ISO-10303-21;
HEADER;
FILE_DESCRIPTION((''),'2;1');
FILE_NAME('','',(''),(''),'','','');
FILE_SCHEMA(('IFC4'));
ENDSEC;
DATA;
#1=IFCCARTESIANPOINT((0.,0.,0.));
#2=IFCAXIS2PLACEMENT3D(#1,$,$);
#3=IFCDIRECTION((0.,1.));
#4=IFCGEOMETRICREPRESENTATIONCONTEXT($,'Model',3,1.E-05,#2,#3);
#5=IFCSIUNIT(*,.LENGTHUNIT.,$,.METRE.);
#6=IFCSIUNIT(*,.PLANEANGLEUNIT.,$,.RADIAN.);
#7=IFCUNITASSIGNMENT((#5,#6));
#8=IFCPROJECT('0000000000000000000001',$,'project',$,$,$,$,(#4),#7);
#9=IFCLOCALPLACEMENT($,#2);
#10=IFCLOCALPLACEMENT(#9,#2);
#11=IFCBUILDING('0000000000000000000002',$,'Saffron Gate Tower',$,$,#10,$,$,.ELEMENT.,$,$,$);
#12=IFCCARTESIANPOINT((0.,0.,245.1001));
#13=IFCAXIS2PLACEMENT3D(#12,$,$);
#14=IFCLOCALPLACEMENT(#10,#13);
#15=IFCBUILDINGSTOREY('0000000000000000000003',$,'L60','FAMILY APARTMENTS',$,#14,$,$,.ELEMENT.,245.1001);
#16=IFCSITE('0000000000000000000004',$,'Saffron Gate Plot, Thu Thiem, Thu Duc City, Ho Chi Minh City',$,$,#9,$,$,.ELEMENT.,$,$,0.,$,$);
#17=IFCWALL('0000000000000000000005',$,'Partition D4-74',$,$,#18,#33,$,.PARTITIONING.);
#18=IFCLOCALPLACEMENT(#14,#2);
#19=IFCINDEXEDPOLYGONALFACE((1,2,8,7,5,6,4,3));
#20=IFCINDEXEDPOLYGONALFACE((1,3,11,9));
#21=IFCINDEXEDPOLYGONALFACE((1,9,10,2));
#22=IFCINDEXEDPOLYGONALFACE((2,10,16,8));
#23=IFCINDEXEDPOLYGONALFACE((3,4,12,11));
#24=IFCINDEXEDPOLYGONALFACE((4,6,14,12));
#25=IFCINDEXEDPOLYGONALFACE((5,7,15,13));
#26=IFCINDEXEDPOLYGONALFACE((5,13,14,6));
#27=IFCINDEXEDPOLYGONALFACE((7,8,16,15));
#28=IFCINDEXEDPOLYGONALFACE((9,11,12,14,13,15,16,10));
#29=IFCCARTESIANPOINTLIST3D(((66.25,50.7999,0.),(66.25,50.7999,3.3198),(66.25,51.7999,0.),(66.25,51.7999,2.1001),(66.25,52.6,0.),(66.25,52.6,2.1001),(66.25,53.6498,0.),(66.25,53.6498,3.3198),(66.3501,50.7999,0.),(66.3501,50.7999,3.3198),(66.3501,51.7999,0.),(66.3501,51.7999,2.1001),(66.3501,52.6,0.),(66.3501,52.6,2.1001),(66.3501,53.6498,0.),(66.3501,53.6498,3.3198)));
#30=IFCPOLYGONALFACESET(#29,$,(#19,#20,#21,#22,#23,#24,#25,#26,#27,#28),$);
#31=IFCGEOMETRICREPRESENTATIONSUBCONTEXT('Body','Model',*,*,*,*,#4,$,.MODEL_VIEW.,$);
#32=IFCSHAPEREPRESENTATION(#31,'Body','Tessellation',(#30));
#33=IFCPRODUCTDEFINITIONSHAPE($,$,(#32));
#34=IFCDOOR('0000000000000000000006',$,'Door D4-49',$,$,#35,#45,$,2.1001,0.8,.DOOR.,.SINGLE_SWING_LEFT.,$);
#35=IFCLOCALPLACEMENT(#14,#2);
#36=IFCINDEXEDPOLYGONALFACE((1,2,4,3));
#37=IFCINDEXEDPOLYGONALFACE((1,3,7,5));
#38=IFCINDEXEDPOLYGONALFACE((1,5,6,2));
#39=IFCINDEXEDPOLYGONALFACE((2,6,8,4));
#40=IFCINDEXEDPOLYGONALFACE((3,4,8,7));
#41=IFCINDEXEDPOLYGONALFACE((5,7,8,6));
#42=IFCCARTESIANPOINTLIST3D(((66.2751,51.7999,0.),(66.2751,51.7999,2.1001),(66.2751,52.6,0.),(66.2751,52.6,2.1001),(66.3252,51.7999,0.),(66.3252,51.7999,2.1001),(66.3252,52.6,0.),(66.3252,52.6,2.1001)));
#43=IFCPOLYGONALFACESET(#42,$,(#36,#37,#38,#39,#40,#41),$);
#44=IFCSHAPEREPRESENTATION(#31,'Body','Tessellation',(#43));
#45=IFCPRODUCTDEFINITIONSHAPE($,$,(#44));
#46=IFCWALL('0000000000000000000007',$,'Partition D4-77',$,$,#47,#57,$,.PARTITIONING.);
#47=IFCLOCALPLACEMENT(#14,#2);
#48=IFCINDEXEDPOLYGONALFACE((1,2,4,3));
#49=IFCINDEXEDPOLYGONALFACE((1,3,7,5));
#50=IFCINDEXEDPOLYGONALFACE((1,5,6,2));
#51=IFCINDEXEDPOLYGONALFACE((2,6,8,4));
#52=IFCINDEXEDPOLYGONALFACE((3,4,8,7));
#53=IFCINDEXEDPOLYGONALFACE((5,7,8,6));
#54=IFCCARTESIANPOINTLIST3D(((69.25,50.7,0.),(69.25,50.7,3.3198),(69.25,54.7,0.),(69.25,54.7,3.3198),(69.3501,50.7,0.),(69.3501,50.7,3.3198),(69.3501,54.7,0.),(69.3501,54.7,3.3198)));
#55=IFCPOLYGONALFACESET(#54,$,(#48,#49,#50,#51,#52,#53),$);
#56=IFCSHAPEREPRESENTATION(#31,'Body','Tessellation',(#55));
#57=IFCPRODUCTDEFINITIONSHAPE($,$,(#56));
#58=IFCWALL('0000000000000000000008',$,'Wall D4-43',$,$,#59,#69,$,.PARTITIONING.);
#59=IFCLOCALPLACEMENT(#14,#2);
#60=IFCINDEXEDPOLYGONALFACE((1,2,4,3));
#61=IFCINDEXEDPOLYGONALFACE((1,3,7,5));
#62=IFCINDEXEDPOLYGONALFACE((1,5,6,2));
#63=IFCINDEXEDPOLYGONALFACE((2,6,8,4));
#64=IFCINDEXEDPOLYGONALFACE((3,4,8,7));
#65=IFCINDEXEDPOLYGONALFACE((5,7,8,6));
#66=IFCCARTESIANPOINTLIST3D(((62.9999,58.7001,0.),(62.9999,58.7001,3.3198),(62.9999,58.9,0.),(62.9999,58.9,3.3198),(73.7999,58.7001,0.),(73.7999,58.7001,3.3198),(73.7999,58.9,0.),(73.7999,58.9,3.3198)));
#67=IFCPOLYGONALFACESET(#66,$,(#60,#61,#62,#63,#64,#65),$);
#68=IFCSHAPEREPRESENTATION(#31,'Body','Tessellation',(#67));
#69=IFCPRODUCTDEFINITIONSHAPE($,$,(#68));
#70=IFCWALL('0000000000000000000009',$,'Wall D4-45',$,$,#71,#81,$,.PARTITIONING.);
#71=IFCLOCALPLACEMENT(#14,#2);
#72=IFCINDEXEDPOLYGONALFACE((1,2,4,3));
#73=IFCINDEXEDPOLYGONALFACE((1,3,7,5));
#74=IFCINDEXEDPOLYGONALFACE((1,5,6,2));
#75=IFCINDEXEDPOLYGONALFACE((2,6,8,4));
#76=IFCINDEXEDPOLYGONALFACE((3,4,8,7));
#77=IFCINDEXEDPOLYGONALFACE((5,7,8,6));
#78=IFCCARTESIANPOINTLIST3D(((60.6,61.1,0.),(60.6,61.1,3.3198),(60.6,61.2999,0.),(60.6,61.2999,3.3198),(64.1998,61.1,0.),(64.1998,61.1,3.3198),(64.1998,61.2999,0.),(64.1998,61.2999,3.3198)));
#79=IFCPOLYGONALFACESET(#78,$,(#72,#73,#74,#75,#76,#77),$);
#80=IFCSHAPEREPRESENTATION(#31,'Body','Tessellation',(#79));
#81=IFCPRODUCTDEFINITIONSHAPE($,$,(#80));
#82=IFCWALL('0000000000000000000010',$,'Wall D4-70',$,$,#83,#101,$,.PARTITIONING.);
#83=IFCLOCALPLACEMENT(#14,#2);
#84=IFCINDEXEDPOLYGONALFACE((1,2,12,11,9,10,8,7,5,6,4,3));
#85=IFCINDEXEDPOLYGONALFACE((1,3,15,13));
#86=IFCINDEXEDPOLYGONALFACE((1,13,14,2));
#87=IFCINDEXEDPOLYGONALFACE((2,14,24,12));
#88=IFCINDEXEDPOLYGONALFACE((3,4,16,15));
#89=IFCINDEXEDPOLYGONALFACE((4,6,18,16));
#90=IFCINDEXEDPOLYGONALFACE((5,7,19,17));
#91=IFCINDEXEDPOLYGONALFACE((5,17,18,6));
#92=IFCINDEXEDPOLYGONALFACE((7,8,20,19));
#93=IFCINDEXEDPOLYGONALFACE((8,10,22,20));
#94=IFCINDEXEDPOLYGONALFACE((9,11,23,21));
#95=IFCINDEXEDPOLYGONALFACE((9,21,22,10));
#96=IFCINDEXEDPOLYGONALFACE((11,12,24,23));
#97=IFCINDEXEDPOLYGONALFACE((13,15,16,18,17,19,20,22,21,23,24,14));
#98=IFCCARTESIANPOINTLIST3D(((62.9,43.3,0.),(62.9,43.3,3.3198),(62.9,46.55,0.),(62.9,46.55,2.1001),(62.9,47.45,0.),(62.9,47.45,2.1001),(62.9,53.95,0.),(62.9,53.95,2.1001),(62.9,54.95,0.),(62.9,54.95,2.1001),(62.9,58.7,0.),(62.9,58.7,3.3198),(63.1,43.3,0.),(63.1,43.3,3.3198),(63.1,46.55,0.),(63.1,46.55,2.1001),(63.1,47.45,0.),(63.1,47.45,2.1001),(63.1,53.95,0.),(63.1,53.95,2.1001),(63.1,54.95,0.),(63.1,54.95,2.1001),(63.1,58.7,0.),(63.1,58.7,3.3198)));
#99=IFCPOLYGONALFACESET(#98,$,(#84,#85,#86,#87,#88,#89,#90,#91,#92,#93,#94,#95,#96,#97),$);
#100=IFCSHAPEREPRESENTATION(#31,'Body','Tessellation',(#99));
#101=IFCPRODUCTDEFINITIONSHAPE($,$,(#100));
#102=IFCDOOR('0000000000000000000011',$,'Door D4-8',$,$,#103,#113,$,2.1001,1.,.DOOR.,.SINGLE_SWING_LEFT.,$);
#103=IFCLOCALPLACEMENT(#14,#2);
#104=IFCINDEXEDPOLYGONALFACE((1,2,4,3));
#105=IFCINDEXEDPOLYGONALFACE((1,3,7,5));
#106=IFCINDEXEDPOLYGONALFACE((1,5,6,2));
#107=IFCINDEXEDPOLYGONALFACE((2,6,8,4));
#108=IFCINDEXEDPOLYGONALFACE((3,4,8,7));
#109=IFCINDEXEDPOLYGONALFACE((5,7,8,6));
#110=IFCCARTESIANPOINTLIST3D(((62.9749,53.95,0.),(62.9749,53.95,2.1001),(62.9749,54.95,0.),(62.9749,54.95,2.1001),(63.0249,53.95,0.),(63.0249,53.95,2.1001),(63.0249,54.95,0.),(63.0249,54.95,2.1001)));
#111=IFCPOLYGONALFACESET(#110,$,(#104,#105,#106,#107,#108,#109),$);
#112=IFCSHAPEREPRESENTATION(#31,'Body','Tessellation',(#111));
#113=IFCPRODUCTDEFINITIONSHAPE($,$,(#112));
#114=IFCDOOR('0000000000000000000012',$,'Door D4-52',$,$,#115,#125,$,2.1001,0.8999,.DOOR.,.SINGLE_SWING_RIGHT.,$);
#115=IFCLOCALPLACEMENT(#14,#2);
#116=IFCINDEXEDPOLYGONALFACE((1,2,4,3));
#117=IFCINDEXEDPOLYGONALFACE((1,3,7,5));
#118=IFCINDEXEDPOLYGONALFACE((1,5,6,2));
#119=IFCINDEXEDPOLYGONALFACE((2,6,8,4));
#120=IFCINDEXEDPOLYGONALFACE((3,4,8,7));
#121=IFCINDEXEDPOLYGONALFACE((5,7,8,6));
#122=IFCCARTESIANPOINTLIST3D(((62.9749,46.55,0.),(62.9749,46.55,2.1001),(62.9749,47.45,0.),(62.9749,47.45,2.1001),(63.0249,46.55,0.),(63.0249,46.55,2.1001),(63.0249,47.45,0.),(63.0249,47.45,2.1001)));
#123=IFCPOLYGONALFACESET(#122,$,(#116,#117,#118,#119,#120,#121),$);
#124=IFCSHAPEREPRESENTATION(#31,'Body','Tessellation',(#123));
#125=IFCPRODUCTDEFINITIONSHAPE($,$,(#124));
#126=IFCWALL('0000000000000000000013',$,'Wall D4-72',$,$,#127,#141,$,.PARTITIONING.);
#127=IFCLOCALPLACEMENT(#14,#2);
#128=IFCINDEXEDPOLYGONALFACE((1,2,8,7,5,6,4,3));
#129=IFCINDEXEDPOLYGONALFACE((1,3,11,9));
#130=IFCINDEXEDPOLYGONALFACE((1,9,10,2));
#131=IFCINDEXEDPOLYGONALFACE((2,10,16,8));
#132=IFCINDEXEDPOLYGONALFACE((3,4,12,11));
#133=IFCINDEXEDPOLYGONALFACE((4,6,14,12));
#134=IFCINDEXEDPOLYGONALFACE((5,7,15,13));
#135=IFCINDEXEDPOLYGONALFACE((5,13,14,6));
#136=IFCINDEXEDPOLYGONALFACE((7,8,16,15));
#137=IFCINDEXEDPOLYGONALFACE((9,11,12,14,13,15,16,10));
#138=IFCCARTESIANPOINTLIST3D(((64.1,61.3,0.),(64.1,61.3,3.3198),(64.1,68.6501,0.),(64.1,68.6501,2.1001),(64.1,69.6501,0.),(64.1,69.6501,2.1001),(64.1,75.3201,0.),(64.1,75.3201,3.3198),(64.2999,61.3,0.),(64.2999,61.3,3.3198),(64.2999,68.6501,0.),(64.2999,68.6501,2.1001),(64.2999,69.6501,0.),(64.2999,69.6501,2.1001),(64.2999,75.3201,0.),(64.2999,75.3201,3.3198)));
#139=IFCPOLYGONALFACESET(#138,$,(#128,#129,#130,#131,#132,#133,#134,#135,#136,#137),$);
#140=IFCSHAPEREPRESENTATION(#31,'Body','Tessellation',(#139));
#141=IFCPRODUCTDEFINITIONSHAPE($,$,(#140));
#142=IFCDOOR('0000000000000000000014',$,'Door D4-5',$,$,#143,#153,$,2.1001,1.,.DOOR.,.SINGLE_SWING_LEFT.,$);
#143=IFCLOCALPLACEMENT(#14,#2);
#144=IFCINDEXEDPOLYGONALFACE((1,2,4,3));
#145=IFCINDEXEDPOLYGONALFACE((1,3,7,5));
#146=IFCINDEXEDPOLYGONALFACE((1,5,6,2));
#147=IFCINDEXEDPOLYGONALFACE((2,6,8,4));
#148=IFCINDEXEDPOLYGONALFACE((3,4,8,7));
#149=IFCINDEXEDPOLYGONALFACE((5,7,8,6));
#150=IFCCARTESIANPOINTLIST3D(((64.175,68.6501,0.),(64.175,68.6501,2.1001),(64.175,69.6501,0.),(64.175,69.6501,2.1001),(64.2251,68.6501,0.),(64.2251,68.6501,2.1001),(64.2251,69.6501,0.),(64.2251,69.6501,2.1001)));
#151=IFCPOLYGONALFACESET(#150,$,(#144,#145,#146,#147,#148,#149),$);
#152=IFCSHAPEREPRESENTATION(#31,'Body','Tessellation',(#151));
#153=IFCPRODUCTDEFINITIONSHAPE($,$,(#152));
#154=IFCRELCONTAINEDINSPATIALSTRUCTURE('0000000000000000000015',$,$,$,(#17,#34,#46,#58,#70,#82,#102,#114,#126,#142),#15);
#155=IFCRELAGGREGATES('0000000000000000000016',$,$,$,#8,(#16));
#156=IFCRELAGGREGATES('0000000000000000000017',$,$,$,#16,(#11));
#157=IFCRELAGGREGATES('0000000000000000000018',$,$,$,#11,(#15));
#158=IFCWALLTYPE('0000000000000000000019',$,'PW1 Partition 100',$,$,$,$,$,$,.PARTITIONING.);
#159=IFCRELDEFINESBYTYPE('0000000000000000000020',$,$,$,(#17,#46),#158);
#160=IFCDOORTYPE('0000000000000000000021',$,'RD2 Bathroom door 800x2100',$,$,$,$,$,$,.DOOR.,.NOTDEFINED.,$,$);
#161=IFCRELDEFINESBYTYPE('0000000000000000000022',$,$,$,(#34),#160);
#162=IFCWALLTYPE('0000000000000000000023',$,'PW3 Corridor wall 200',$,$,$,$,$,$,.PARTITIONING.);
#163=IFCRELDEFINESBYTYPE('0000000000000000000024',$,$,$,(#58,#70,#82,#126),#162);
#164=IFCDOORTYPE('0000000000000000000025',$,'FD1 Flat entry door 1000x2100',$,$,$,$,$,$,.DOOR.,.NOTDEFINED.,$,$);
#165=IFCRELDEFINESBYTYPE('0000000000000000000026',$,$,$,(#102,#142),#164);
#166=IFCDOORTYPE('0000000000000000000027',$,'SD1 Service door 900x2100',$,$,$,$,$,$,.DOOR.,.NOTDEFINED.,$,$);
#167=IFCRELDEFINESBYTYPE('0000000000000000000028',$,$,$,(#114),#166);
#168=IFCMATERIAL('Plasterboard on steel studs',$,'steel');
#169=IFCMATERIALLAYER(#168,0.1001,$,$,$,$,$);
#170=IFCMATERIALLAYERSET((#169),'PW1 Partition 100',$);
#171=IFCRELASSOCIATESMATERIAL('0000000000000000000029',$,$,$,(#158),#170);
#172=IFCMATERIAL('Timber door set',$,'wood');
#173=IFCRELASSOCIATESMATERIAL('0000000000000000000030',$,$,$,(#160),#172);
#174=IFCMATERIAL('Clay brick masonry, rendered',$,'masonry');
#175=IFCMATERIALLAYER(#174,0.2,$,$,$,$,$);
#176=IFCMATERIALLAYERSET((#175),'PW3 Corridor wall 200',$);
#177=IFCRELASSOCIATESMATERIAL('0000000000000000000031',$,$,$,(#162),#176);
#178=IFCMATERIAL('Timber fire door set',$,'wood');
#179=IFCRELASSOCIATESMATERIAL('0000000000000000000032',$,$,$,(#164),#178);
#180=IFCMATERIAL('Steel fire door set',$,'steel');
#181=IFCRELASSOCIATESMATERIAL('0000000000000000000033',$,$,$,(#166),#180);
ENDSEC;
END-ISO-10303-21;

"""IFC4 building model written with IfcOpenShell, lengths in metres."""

from ifc_helpers import new_model, si_unit, direction, frame, frame_2d, origin, place, context, subcontext, project, spatial, rectangle, extrude, material, layer, layer_set, type_object, element, fill, save


model = new_model("IFC4")

# Units and contexts
model_context = context("Model", 3, precision=1e-05, world=origin(), true_north=direction((0.0, 1.0)))
body_context = subcontext(model_context, "Body", "Model", "MODEL_VIEW")
ifc_project = project(units=[si_unit("LENGTHUNIT", "METRE"), si_unit("PLANEANGLEUNIT", "RADIAN")], contexts=[model_context])

# Site, building, storey
site_placement = place(None, origin())
site = spatial("IfcSite", under=ifc_project, at=site_placement, Name="Saffron Gate Plot, Thu Thiem, Thu Duc City, Ho Chi Minh City", CompositionType="ELEMENT", RefElevation=0.0)
building_placement = place(site_placement, origin())
building = spatial("IfcBuilding", under=site, at=building_placement, Name="Saffron Gate Tower", CompositionType="ELEMENT")
storey_placement = place(building_placement, frame((0.0, 0.0, 245.1001)))
storey = spatial("IfcBuildingStorey", under=building, at=storey_placement, Name="L60", Description="FAMILY APARTMENTS", CompositionType="ELEMENT", Elevation=245.1001)

# Shared definitions
ifc_material_1 = material(Name="Steel fire door set", Category="steel")
ifc_material_2 = material(Name="Plasterboard on steel studs", Category="steel")
ifc_layer_1 = layer(ifc_material_2, 0.1001)
ifc_layer_set_1 = layer_set([ifc_layer_1], Name="PW1 Partition 100")
wall_type_1 = type_object("IfcWallType", Name="PW1 Partition 100", PredefinedType="PARTITIONING", material=ifc_layer_set_1)
ifc_material_3 = material(Name="Timber door set", Category="wood")

# Wall, opening, door
wall_1_placement = place(storey_placement, frame((66.3, 50.8, 0.0), z_axis=(0.0, 0.0, 1.0), x_axis=(0.0, 1.0, 0.0)))
wall_1 = element("IfcWall", 1, at=wall_1_placement, inside=storey, type_object=wall_type_1, Name="Partition D4-74", PredefinedType="PARTITIONING", context=body_context, shape_type="SweptSolid", body=[
    extrude(rectangle(XDim=2.8499, YDim=0.1001, at=frame_2d((1.4248, 0.0))), origin(), (0.0, 0.0, 1.0), 3.3198),
])
opening_1_placement = place(wall_1_placement, frame((1.0, 0.0, 0.0)))
opening_1 = element("IfcOpeningElement", 2, at=opening_1_placement, cuts=wall_1, PredefinedType="OPENING", context=body_context, shape_type="SweptSolid", body=[
    extrude(rectangle(XDim=0.8, YDim=2.1001, at=frame_2d((0.3999, 1.05))), frame((0.0, 0.0601, 0.0), z_axis=(0.0, -1.0, 0.0), x_axis=(1.0, 0.0, 0.0)), (0.0, 0.0, 1.0), 0.1201),
])
door_type_1 = type_object("IfcDoorType", Name="RD2 Bathroom door 800x2100", OperationType="NOTDEFINED", PredefinedType="DOOR", material=ifc_material_3)
door_1_placement = place(opening_1_placement, origin())
door_1 = element("IfcDoor", 3, at=door_1_placement, inside=storey, type_object=door_type_1, Name="Door D4-49", OperationType="SINGLE_SWING_LEFT", OverallHeight=2.1001, OverallWidth=0.8, PredefinedType="DOOR", context=body_context, shape_type="SweptSolid", body=[
    extrude(rectangle(XDim=0.8, YDim=2.1001, at=frame_2d((0.3999, 1.05))), frame((0.0, 0.0249, 0.0), z_axis=(0.0, -1.0, 0.0), x_axis=(1.0, 0.0, 0.0)), (0.0, 0.0, 1.0), 0.05),
])
fill(opening_1, door_1)

# Walls
wall_2_placement = place(storey_placement, frame((69.3, 54.7, 0.0), z_axis=(0.0, 0.0, 1.0), x_axis=(0.0, -1.0, 0.0)))
element("IfcWall", 4, at=wall_2_placement, inside=storey, type_object=wall_type_1, Name="Partition D4-77", PredefinedType="PARTITIONING", context=body_context, shape_type="SweptSolid", body=[
    extrude(rectangle(XDim=4.0, YDim=0.1001, at=frame_2d((2.0, 0.0))), origin(), (0.0, 0.0, 1.0), 3.3198),
])
ifc_material_4 = material(Name="Clay brick masonry, rendered", Category="masonry")
ifc_layer_2 = layer(ifc_material_4, 0.2)
ifc_layer_set_2 = layer_set([ifc_layer_2], Name="PW3 Corridor wall 200")
wall_type_2 = type_object("IfcWallType", Name="PW3 Corridor wall 200", PredefinedType="PARTITIONING", material=ifc_layer_set_2)
wall_3_placement = place(storey_placement, frame((63.0, 58.8, 0.0), z_axis=(0.0, 0.0, 1.0), x_axis=(1.0, 0.0, 0.0)))
element("IfcWall", 5, at=wall_3_placement, inside=storey, type_object=wall_type_2, Name="Wall D4-43", PredefinedType="PARTITIONING", context=body_context, shape_type="SweptSolid", body=[
    extrude(rectangle(XDim=10.8, YDim=0.2, at=frame_2d((5.3999, 0.0))), origin(), (0.0, 0.0, 1.0), 3.3198),
])
wall_4_placement = place(storey_placement, frame((60.6001, 61.2, 0.0), z_axis=(0.0, 0.0, 1.0), x_axis=(1.0, 0.0, 0.0)))
element("IfcWall", 6, at=wall_4_placement, inside=storey, type_object=wall_type_2, Name="Wall D4-45", PredefinedType="PARTITIONING", context=body_context, shape_type="SweptSolid", body=[
    extrude(rectangle(XDim=3.5999, YDim=0.2, at=frame_2d((1.7998, 0.0))), origin(), (0.0, 0.0, 1.0), 3.3198),
])

# Wall, openings, doors
wall_5_placement = place(storey_placement, frame((63.0, 58.7, 0.0), z_axis=(0.0, 0.0, 1.0), x_axis=(0.0, -1.0, 0.0)))
wall_5 = element("IfcWall", 7, at=wall_5_placement, inside=storey, type_object=wall_type_2, Name="Wall D4-70", PredefinedType="PARTITIONING", context=body_context, shape_type="SweptSolid", body=[
    extrude(rectangle(XDim=15.3999, YDim=0.2, at=frame_2d((7.7, 0.0))), origin(), (0.0, 0.0, 1.0), 3.3198),
])
opening_2_placement = place(wall_5_placement, frame((3.75, 0.0, 0.0)))
opening_2 = element("IfcOpeningElement", 8, at=opening_2_placement, cuts=wall_5, PredefinedType="OPENING", context=body_context, shape_type="SweptSolid", body=[
    extrude(rectangle(XDim=1.0, YDim=2.1001, at=frame_2d((0.5, 1.05))), frame((0.0, 0.1099, 0.0), z_axis=(0.0, -1.0, 0.0), x_axis=(1.0, 0.0, 0.0)), (0.0, 0.0, 1.0), 0.22),
])
opening_3_placement = place(wall_5_placement, frame((11.25, 0.0, 0.0)))
opening_3 = element("IfcOpeningElement", 9, at=opening_3_placement, cuts=wall_5, PredefinedType="OPENING", context=body_context, shape_type="SweptSolid", body=[
    extrude(rectangle(XDim=0.8999, YDim=2.1001, at=frame_2d((0.45, 1.05))), frame((0.0, 0.1099, 0.0), z_axis=(0.0, -1.0, 0.0), x_axis=(1.0, 0.0, 0.0)), (0.0, 0.0, 1.0), 0.22),
])
ifc_material_5 = material(Name="Timber fire door set", Category="wood")
door_type_2 = type_object("IfcDoorType", Name="FD1 Flat entry door 1000x2100", OperationType="NOTDEFINED", PredefinedType="DOOR", material=ifc_material_5)
door_2_placement = place(opening_2_placement, origin())
door_2 = element("IfcDoor", 10, at=door_2_placement, inside=storey, type_object=door_type_2, Name="Door D4-8", OperationType="SINGLE_SWING_LEFT", OverallHeight=2.1001, OverallWidth=1.0, PredefinedType="DOOR", context=body_context, shape_type="SweptSolid", body=[
    extrude(rectangle(XDim=1.0, YDim=2.1001, at=frame_2d((0.5, 1.05))), frame((0.0, 0.0249, 0.0), z_axis=(0.0, -1.0, 0.0), x_axis=(1.0, 0.0, 0.0)), (0.0, 0.0, 1.0), 0.05),
])
fill(opening_2, door_2)
door_type_3 = type_object("IfcDoorType", Name="SD1 Service door 900x2100", OperationType="NOTDEFINED", PredefinedType="DOOR", material=ifc_material_1)
door_3_placement = place(opening_3_placement, origin())
door_3 = element("IfcDoor", 11, at=door_3_placement, inside=storey, type_object=door_type_3, Name="Door D4-52", OperationType="SINGLE_SWING_RIGHT", OverallHeight=2.1001, OverallWidth=0.8999, PredefinedType="DOOR", context=body_context, shape_type="SweptSolid", body=[
    extrude(rectangle(XDim=0.8999, YDim=2.1001, at=frame_2d((0.45, 1.05))), frame((0.0, 0.0249, 0.0), z_axis=(0.0, -1.0, 0.0), x_axis=(1.0, 0.0, 0.0)), (0.0, 0.0, 1.0), 0.05),
])
fill(opening_3, door_3)

# Wall, opening, door
wall_6_placement = place(storey_placement, frame((64.2, 61.3, 0.0), z_axis=(0.0, 0.0, 1.0), x_axis=(0.0, 1.0, 0.0)))
wall_6 = element("IfcWall", 12, at=wall_6_placement, inside=storey, type_object=wall_type_2, Name="Wall D4-72", PredefinedType="PARTITIONING", context=body_context, shape_type="SweptSolid", body=[
    extrude(rectangle(XDim=14.02, YDim=0.2, at=frame_2d((7.01, 0.0))), origin(), (0.0, 0.0, 1.0), 3.3198),
])
opening_4_placement = place(wall_6_placement, frame((7.3501, 0.0, 0.0)))
opening_4 = element("IfcOpeningElement", 13, at=opening_4_placement, cuts=wall_6, PredefinedType="OPENING", context=body_context, shape_type="SweptSolid", body=[
    extrude(rectangle(XDim=1.0, YDim=2.1001, at=frame_2d((0.5, 1.05))), frame((0.0, 0.1099, 0.0), z_axis=(0.0, -1.0, 0.0), x_axis=(1.0, 0.0, 0.0)), (0.0, 0.0, 1.0), 0.22),
])
door_4_placement = place(opening_4_placement, origin())
door_4 = element("IfcDoor", 14, at=door_4_placement, inside=storey, type_object=door_type_2, Name="Door D4-5", OperationType="SINGLE_SWING_LEFT", OverallHeight=2.1001, OverallWidth=1.0, PredefinedType="DOOR", context=body_context, shape_type="SweptSolid", body=[
    extrude(rectangle(XDim=1.0, YDim=2.1001, at=frame_2d((0.5, 1.05))), frame((0.0, 0.0249, 0.0), z_axis=(0.0, -1.0, 0.0), x_axis=(1.0, 0.0, 0.0)), (0.0, 0.0, 1.0), 0.05),
])
fill(opening_4, door_4)

save(model, "model.ifc")
